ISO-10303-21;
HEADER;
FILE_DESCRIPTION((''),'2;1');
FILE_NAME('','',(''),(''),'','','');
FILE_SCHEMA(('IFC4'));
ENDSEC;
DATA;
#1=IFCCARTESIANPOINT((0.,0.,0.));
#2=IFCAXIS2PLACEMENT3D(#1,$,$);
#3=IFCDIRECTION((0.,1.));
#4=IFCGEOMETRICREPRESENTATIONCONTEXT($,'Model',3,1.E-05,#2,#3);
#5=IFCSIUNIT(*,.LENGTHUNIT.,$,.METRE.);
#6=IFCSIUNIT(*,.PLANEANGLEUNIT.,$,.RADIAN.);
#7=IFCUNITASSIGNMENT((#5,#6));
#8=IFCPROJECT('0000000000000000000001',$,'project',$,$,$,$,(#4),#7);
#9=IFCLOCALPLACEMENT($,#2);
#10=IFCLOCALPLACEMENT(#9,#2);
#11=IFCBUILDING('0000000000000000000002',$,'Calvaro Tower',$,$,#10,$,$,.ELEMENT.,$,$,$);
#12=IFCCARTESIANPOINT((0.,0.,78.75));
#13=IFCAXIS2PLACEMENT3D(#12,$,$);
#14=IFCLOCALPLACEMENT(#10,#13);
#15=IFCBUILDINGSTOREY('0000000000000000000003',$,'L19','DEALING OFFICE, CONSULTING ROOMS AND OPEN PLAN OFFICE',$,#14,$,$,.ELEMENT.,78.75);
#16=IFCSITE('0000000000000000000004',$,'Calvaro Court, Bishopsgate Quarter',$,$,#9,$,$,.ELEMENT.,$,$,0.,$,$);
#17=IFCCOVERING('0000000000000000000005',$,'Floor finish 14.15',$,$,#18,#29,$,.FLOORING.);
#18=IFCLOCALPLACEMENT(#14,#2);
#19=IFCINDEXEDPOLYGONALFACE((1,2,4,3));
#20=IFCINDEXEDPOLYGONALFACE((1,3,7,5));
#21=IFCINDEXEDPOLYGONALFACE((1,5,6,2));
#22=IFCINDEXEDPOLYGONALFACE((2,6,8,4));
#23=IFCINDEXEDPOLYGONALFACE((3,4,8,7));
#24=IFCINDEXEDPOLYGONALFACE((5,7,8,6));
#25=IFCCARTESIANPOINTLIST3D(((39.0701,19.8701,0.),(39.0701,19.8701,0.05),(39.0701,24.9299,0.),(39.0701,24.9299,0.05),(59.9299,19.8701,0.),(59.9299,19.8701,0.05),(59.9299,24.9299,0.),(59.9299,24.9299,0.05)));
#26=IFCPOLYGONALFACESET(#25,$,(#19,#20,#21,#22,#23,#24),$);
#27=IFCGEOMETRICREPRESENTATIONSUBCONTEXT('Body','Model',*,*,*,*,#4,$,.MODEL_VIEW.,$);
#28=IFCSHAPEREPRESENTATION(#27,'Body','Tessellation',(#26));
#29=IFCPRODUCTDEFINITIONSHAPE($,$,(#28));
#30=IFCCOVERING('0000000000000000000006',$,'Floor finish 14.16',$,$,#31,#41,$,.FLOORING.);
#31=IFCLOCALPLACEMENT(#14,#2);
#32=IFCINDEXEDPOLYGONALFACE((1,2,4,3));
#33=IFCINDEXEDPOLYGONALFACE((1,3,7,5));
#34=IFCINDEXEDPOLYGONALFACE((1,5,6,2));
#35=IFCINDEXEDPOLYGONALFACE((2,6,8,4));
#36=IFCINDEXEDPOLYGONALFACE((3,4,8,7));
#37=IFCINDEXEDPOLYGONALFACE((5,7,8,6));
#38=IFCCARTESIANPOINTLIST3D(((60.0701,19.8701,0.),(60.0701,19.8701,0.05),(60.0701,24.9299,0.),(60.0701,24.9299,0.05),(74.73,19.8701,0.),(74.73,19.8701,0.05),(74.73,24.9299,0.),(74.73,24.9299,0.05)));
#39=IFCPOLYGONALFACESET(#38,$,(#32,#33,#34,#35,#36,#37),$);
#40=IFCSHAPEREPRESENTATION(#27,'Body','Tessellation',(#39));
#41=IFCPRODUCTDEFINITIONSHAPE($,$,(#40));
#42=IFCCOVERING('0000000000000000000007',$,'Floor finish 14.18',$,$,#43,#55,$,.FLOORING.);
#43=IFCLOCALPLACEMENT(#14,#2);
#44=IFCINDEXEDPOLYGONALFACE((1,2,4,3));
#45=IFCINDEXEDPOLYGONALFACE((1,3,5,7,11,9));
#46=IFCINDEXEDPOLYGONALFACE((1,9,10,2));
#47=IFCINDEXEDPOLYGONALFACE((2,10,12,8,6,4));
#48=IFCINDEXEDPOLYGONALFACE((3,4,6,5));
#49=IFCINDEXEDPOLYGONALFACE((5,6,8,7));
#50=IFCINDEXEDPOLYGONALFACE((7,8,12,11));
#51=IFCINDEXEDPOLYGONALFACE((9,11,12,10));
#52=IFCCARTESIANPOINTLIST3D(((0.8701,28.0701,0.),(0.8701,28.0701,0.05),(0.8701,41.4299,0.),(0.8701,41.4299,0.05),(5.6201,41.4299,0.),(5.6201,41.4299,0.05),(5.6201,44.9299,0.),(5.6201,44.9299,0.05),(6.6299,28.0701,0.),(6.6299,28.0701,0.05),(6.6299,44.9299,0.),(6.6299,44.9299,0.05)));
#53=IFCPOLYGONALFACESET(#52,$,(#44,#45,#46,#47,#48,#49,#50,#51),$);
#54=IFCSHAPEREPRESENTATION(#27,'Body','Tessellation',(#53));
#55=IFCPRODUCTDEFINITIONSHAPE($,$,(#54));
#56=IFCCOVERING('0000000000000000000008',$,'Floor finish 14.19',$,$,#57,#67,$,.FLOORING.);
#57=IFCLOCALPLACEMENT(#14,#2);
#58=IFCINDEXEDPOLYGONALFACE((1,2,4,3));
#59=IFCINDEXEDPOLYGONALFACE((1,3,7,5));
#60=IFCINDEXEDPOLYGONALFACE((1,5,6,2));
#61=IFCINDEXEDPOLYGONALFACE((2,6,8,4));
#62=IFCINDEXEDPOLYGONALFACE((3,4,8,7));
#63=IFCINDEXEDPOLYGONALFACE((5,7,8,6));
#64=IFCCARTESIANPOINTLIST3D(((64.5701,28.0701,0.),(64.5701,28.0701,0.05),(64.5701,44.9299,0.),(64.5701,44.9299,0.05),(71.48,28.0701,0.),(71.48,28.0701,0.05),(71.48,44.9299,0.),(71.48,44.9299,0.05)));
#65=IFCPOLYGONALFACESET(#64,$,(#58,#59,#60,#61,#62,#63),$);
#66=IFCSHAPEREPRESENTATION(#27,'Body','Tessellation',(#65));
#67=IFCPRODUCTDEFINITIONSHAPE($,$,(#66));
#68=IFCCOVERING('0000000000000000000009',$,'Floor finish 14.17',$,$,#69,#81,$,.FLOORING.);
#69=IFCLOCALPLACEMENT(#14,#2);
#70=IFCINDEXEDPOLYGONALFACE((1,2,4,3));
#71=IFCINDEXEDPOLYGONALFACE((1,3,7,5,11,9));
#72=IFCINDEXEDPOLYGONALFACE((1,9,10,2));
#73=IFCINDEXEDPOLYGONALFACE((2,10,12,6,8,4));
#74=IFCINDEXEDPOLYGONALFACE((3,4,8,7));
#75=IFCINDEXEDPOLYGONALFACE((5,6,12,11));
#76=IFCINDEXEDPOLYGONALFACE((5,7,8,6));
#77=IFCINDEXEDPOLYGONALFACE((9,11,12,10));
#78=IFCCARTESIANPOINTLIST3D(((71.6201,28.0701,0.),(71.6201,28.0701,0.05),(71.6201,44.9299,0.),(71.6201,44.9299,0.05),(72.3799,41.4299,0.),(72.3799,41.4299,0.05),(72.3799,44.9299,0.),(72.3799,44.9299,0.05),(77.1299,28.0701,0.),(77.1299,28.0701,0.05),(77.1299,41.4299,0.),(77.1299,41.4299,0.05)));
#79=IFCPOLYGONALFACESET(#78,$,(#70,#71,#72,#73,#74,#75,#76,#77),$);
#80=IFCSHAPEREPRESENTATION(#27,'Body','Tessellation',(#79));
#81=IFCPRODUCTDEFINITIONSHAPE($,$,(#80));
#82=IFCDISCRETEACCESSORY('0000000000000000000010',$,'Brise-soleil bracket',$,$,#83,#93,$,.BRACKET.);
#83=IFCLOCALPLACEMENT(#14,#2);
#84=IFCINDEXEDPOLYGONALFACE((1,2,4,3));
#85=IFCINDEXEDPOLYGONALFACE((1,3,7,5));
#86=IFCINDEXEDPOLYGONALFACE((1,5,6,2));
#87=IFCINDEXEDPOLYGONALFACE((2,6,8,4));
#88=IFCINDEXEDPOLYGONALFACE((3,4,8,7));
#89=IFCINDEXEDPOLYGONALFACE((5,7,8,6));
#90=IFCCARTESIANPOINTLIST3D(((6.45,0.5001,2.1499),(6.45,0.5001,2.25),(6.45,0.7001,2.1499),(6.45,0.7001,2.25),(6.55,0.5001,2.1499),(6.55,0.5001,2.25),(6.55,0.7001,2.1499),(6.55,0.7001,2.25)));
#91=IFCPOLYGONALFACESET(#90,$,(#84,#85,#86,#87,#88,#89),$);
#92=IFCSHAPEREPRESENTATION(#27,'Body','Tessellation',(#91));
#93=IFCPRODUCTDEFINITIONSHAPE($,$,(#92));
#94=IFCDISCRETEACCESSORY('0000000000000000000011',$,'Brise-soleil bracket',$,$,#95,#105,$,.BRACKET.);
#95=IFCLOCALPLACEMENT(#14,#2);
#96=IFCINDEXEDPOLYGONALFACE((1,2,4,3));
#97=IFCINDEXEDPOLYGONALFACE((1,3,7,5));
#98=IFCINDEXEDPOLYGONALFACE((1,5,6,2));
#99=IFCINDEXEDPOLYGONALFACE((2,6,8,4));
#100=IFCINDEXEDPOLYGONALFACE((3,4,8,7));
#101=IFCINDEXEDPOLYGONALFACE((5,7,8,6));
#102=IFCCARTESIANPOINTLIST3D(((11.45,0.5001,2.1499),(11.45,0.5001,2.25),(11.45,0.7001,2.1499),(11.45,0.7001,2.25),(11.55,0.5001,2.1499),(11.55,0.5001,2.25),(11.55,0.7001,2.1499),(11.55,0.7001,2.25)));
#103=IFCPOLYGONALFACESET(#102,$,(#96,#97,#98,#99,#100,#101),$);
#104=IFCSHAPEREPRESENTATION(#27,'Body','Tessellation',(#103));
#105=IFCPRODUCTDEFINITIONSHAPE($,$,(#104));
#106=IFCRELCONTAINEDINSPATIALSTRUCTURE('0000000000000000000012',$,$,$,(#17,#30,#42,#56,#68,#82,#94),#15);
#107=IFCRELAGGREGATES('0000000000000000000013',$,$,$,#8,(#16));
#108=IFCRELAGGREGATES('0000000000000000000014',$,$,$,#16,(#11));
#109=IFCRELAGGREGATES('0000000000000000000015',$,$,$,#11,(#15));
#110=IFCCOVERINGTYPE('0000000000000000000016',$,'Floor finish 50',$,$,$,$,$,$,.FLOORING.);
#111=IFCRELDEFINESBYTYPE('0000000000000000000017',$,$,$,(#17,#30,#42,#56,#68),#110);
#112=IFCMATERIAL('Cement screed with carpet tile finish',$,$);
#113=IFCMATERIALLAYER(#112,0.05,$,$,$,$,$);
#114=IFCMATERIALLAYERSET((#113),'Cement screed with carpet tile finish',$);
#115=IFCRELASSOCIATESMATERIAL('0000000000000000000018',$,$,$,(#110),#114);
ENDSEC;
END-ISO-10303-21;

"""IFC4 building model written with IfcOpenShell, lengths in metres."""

from ifc_helpers import new_model, si_unit, direction, frame, origin, origin_2d, place, context, subcontext, project, spatial, polyline, rectangle, outline, extrude, material, layer, layer_set, type_object, element, save


model = new_model("IFC4")

# Units and contexts
model_context = context("Model", 3, precision=1e-05, world=origin(), true_north=direction((0.0, 1.0)))
body_context = subcontext(model_context, "Body", "Model", "MODEL_VIEW")
ifc_project = project(units=[si_unit("LENGTHUNIT", "METRE"), si_unit("PLANEANGLEUNIT", "RADIAN")], contexts=[model_context])

# Site, building, storey
site_placement = place(None, origin())
site = spatial("IfcSite", under=ifc_project, at=site_placement, Name="Calvaro Court, Bishopsgate Quarter", CompositionType="ELEMENT", RefElevation=0.0)
building_placement = place(site_placement, origin())
building = spatial("IfcBuilding", under=site, at=building_placement, Name="Calvaro Tower", CompositionType="ELEMENT")
storey_placement = place(building_placement, frame((0.0, 0.0, 78.75)))
storey = spatial("IfcBuildingStorey", under=building, at=storey_placement, Name="L19", Description="DEALING OFFICE, CONSULTING ROOMS AND OPEN PLAN OFFICE", CompositionType="ELEMENT", Elevation=78.75)

# Coverings
ifc_material_1 = material(Name="Cement screed with carpet tile finish")
ifc_layer_1 = layer(ifc_material_1, 0.05)
ifc_layer_set_1 = layer_set([ifc_layer_1], Name="Cement screed with carpet tile finish")
covering_type = type_object("IfcCoveringType", Name="Floor finish 50", PredefinedType="FLOORING", material=ifc_layer_set_1)
covering_1_placement = place(storey_placement, origin())
element("IfcCovering", 1, at=covering_1_placement, inside=storey, type_object=covering_type, Name="Floor finish 14.15", PredefinedType="FLOORING", context=body_context, shape_type="SweptSolid", body=[
    extrude(outline(polyline([(39.0701, 19.8701), (39.0701, 24.9299), (59.9299, 24.9299), (59.9299, 19.8701), (39.0701, 19.8701)])), origin(), (0.0, 0.0, 1.0), 0.05),
])
covering_2_placement = place(storey_placement, origin())
element("IfcCovering", 2, at=covering_2_placement, inside=storey, type_object=covering_type, Name="Floor finish 14.16", PredefinedType="FLOORING", context=body_context, shape_type="SweptSolid", body=[
    extrude(outline(polyline([(60.0701, 19.8701), (60.0701, 24.9299), (74.73, 24.9299), (74.73, 19.8701), (60.0701, 19.8701)])), origin(), (0.0, 0.0, 1.0), 0.05),
])
covering_3_placement = place(storey_placement, origin())
element("IfcCovering", 3, at=covering_3_placement, inside=storey, type_object=covering_type, Name="Floor finish 14.18", PredefinedType="FLOORING", context=body_context, shape_type="SweptSolid", body=[
    extrude(outline(polyline([(6.6299, 28.0701), (0.8701, 28.0701), (0.8701, 41.4299), (5.6201, 41.4299), (5.6201, 44.9299), (6.6299, 44.9299), (6.6299, 28.0701)])), origin(), (0.0, 0.0, 1.0), 0.05),
])
covering_4_placement = place(storey_placement, origin())
element("IfcCovering", 4, at=covering_4_placement, inside=storey, type_object=covering_type, Name="Floor finish 14.19", PredefinedType="FLOORING", context=body_context, shape_type="SweptSolid", body=[
    extrude(outline(polyline([(71.48, 28.0701), (64.5701, 28.0701), (64.5701, 44.9299), (71.48, 44.9299), (71.48, 28.0701)])), origin(), (0.0, 0.0, 1.0), 0.05),
])
covering_5_placement = place(storey_placement, origin())
element("IfcCovering", 5, at=covering_5_placement, inside=storey, type_object=covering_type, Name="Floor finish 14.17", PredefinedType="FLOORING", context=body_context, shape_type="SweptSolid", body=[
    extrude(outline(polyline([(77.1299, 28.0701), (71.6201, 28.0701), (71.6201, 44.9299), (72.3799, 44.9299), (72.3799, 41.4299), (77.1299, 41.4299), (77.1299, 28.0701)])), origin(), (0.0, 0.0, 1.0), 0.05),
])

# Discrete accessories
for number, where, z_axis, x_axis, name in (
    (6, (6.5, 0.6001, 2.1499), (0.0, 0.0, 1.0), (1.0, 0.0, 0.0), "Brise-soleil bracket"),
    (7, (11.5, 0.6001, 2.1499), (0.0, 0.0, 1.0), (1.0, 0.0, 0.0), "Brise-soleil bracket"),
):
    element("IfcDiscreteAccessory", number, at=place(storey_placement, frame(where, z_axis=z_axis, x_axis=x_axis)), inside=storey, Name=name, PredefinedType="BRACKET", context=body_context, shape_type="SweptSolid", body=[
        extrude(rectangle(XDim=0.1001, YDim=0.2, at=origin_2d()), origin(), (0.0, 0.0, 1.0), 0.1001),
    ])

save(model, "model.ifc")
